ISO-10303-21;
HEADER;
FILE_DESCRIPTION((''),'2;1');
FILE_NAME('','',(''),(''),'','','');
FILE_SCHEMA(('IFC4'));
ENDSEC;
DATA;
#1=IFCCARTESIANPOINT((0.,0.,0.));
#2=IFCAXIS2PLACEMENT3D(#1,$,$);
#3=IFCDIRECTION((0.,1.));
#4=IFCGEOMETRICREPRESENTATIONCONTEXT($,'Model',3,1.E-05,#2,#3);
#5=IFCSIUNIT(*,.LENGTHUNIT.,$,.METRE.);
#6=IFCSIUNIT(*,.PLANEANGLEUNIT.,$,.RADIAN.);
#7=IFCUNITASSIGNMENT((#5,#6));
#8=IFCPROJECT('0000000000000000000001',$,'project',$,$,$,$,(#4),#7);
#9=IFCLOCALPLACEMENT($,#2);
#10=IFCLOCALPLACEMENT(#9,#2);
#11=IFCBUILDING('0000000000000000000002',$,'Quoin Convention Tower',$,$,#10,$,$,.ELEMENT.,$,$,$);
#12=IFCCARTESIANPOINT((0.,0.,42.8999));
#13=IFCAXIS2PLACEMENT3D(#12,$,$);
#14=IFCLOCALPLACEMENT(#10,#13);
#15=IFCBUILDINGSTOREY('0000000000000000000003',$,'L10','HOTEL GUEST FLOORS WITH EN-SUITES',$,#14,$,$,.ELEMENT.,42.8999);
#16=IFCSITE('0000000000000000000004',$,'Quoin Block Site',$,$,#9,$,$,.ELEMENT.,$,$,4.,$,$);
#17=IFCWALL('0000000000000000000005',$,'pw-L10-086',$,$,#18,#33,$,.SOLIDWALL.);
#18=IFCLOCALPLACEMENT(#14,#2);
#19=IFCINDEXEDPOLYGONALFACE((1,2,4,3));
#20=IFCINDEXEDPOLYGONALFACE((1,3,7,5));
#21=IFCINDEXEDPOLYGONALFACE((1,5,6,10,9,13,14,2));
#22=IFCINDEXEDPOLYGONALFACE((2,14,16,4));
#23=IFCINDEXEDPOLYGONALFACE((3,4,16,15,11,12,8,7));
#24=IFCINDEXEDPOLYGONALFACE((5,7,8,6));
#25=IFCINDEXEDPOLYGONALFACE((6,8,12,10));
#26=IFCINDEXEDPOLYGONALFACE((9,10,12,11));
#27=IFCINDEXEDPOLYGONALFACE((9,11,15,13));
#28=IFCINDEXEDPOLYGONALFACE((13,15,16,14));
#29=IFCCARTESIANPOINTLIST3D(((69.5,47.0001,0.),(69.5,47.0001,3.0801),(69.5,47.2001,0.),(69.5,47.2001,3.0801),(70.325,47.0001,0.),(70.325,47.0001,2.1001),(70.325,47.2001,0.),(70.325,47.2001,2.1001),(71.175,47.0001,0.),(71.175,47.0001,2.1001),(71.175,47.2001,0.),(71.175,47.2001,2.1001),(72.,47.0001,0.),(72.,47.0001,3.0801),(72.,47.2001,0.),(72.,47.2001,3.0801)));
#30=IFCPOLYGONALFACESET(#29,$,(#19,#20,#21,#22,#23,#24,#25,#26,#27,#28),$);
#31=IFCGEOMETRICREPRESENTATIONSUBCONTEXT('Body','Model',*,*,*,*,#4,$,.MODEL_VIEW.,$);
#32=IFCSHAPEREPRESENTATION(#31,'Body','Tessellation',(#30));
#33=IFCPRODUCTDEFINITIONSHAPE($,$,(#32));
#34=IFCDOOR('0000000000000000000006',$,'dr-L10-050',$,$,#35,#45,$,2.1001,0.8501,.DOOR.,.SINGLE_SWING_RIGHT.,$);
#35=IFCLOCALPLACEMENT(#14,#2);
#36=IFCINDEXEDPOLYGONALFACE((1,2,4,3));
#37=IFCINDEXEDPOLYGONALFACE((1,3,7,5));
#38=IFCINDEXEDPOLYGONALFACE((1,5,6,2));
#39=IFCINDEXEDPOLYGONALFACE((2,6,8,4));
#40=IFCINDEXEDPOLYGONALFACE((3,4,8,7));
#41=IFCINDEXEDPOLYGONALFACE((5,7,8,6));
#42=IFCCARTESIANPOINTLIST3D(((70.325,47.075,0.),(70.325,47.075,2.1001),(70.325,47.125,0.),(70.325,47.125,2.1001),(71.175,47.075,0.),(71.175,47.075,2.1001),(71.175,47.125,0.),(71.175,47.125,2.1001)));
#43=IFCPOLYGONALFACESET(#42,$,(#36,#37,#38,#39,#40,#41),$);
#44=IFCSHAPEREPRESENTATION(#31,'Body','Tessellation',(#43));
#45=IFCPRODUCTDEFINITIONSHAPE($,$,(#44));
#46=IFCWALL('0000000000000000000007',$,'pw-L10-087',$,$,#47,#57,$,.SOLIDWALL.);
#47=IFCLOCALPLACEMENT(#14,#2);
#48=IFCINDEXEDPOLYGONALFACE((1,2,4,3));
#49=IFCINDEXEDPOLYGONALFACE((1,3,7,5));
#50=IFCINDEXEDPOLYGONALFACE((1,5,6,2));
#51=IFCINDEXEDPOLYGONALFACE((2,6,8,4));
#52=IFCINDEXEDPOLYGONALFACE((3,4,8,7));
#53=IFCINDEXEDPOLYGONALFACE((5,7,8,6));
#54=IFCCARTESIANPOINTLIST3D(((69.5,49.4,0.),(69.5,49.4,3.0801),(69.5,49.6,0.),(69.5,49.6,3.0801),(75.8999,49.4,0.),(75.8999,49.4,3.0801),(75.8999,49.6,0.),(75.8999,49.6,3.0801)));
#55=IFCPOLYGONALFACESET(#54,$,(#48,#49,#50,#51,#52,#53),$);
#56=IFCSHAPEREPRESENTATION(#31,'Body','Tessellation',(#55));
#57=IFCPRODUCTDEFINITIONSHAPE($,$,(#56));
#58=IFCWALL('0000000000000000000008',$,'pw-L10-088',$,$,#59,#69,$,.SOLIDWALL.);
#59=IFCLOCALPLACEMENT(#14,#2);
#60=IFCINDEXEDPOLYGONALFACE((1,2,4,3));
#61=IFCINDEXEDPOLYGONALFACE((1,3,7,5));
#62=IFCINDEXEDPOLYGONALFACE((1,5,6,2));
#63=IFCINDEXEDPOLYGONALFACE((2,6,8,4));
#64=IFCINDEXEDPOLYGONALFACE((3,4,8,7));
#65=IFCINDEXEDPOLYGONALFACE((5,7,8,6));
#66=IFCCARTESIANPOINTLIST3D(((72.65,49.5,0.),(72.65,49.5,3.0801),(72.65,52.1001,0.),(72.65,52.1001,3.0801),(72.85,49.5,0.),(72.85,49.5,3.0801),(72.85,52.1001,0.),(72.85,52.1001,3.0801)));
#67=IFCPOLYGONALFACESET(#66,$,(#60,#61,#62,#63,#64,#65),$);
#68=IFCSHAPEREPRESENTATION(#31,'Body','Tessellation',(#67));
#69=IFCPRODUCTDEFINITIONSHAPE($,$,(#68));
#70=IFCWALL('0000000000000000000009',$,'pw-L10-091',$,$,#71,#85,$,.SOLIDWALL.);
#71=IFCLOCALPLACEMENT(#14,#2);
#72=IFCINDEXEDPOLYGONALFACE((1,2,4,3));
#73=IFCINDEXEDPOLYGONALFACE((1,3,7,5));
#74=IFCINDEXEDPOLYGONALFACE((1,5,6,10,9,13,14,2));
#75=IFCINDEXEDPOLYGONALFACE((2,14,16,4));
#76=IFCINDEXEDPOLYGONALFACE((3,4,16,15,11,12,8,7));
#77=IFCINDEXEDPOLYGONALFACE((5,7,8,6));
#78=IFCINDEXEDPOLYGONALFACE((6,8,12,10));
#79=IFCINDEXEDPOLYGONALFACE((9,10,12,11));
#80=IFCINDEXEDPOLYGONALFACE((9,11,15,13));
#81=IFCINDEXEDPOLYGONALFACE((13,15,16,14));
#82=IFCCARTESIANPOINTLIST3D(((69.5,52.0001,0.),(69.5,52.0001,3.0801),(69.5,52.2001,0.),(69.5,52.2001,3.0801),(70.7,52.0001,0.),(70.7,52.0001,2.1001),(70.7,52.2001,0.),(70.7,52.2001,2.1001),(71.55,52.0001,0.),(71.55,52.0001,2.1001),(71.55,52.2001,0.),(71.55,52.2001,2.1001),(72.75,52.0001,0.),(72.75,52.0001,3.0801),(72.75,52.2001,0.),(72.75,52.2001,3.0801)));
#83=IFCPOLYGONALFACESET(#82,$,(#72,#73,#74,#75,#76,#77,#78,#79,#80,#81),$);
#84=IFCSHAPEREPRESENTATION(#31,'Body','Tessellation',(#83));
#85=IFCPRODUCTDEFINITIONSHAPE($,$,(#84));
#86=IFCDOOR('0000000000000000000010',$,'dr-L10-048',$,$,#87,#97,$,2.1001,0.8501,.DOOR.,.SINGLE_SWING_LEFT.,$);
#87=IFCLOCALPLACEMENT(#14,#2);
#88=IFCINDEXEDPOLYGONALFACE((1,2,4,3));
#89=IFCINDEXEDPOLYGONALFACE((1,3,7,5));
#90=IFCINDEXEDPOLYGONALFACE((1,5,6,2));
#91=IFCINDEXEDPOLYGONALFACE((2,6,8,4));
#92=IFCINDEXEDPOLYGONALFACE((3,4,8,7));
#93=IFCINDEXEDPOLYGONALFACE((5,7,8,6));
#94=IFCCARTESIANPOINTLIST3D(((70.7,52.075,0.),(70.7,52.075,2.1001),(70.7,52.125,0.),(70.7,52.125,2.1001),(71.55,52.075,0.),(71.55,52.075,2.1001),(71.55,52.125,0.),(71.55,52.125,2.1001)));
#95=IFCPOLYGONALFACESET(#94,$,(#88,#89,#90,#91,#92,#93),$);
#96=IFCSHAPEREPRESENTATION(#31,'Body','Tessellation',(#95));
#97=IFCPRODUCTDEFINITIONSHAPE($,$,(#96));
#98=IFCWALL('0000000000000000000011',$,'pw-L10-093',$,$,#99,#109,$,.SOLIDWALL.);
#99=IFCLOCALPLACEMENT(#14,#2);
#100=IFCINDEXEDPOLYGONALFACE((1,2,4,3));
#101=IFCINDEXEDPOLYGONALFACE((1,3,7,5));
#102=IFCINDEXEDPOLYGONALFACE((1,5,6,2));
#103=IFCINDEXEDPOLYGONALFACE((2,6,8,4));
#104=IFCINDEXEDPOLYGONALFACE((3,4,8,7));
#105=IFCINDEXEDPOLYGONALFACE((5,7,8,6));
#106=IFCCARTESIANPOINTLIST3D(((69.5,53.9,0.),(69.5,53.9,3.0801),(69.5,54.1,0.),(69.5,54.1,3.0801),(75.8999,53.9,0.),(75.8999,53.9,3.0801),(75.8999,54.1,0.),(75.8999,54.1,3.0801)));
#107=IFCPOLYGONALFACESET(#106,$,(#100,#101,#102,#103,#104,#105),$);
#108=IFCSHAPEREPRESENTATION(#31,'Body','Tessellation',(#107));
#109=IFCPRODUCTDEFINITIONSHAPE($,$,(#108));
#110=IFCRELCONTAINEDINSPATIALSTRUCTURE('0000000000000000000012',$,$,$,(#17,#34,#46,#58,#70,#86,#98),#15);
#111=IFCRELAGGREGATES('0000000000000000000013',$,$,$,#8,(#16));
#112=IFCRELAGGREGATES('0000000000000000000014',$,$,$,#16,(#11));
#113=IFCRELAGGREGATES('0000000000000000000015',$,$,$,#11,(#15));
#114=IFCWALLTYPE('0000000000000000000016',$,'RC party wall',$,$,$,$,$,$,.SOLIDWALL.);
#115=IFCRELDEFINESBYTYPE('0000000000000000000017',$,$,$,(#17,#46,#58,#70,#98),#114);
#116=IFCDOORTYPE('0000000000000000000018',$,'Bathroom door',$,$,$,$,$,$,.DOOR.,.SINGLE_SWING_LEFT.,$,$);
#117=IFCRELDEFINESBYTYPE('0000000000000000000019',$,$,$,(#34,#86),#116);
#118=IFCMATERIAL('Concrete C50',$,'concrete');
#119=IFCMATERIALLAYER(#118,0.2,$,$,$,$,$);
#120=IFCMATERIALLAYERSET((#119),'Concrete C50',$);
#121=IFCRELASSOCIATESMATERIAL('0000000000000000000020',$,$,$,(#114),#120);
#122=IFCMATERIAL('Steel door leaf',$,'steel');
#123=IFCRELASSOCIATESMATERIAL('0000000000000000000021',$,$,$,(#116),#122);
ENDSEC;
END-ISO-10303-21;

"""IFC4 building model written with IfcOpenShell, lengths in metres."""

from ifc_helpers import new_model, si_unit, direction, frame, frame_2d, origin, place, context, subcontext, project, spatial, rectangle, extrude, material, layer, layer_set, type_object, element, fill, save


model = new_model("IFC4")

# Units and contexts
model_context = context("Model", 3, precision=1e-05, world=origin(), true_north=direction((0.0, 1.0)))
body_context = subcontext(model_context, "Body", "Model", "MODEL_VIEW")
ifc_project = project(units=[si_unit("LENGTHUNIT", "METRE"), si_unit("PLANEANGLEUNIT", "RADIAN")], contexts=[model_context])

# Site, building, storey
site_placement = place(None, origin())
site = spatial("IfcSite", under=ifc_project, at=site_placement, Name="Quoin Block Site", CompositionType="ELEMENT", RefElevation=4.0)
building_placement = place(site_placement, origin())
building = spatial("IfcBuilding", under=site, at=building_placement, Name="Quoin Convention Tower", CompositionType="ELEMENT")
storey_placement = place(building_placement, frame((0.0, 0.0, 42.8999)))
storey = spatial("IfcBuildingStorey", under=building, at=storey_placement, Name="L10", Description="HOTEL GUEST FLOORS WITH EN-SUITES", CompositionType="ELEMENT", Elevation=42.8999)

# Shared definitions
ifc_material_1 = material(Name="Concrete C50", Category="concrete")

# Shared definitions
ifc_material_2 = material(Name="Steel door leaf", Category="steel")

# Wall, opening, door
ifc_layer_1 = layer(ifc_material_1, 0.2)
ifc_layer_set_1 = layer_set([ifc_layer_1], Name="Concrete C50")
wall_type_1 = type_object("IfcWallType", Name="RC party wall", PredefinedType="SOLIDWALL", material=ifc_layer_set_1)
wall_1_placement = place(storey_placement, frame((69.5, 47.1001, 0.0), z_axis=(0.0, 0.0, 1.0), x_axis=(1.0, 0.0, 0.0)))
wall_1 = element("IfcWall", 1, at=wall_1_placement, inside=storey, type_object=wall_type_1, Name="pw-L10-086", PredefinedType="SOLIDWALL", context=body_context, shape_type="SweptSolid", body=[
    extrude(rectangle(XDim=2.5, YDim=0.2, at=frame_2d((1.25, 0.0))), origin(), (0.0, 0.0, 1.0), 3.0801),
])
opening_1_placement = place(wall_1_placement, frame((0.825, 0.0, 0.0)))
opening_1 = element("IfcOpeningElement", 2, at=opening_1_placement, cuts=wall_1, PredefinedType="OPENING", context=body_context, shape_type="SweptSolid", body=[
    extrude(rectangle(XDim=0.8501, YDim=2.1001, at=frame_2d((0.425, 1.05))), frame((0.0, 0.1099, 0.0), z_axis=(0.0, -1.0, 0.0), x_axis=(1.0, 0.0, 0.0)), (0.0, 0.0, 1.0), 0.22),
])
door_type_1 = type_object("IfcDoorType", Name="Bathroom door", OperationType="SINGLE_SWING_LEFT", PredefinedType="DOOR", material=ifc_material_2)
door_1_placement = place(opening_1_placement, origin())
door_1 = element("IfcDoor", 3, at=door_1_placement, inside=storey, type_object=door_type_1, Name="dr-L10-050", OperationType="SINGLE_SWING_RIGHT", OverallHeight=2.1001, OverallWidth=0.8501, PredefinedType="DOOR", context=body_context, shape_type="SweptSolid", body=[
    extrude(rectangle(XDim=0.8501, YDim=2.1001, at=frame_2d((0.425, 1.05))), frame((0.0, 0.0249, 0.0), z_axis=(0.0, -1.0, 0.0), x_axis=(1.0, 0.0, 0.0)), (0.0, 0.0, 1.0), 0.05),
])
fill(opening_1, door_1)

# Walls
wall_2_placement = place(storey_placement, frame((69.5, 49.5, 0.0), z_axis=(0.0, 0.0, 1.0), x_axis=(1.0, 0.0, 0.0)))
element("IfcWall", 4, at=wall_2_placement, inside=storey, type_object=wall_type_1, Name="pw-L10-087", PredefinedType="SOLIDWALL", context=body_context, shape_type="SweptSolid", body=[
    extrude(rectangle(XDim=6.3999, YDim=0.2, at=frame_2d((3.2, 0.0))), origin(), (0.0, 0.0, 1.0), 3.0801),
])
wall_3_placement = place(storey_placement, frame((72.75, 49.5, 0.0), z_axis=(0.0, 0.0, 1.0), x_axis=(0.0, 1.0, 0.0)))
element("IfcWall", 5, at=wall_3_placement, inside=storey, type_object=wall_type_1, Name="pw-L10-088", PredefinedType="SOLIDWALL", context=body_context, shape_type="SweptSolid", body=[
    extrude(rectangle(XDim=2.6001, YDim=0.2, at=frame_2d((1.3, 0.0))), origin(), (0.0, 0.0, 1.0), 3.0801),
])

# Wall, opening, door
wall_4_placement = place(storey_placement, frame((69.5, 52.1001, 0.0), z_axis=(0.0, 0.0, 1.0), x_axis=(1.0, 0.0, 0.0)))
wall_4 = element("IfcWall", 6, at=wall_4_placement, inside=storey, type_object=wall_type_1, Name="pw-L10-091", PredefinedType="SOLIDWALL", context=body_context, shape_type="SweptSolid", body=[
    extrude(rectangle(XDim=3.25, YDim=0.2, at=frame_2d((1.625, 0.0))), origin(), (0.0, 0.0, 1.0), 3.0801),
])
opening_2_placement = place(wall_4_placement, frame((1.2, 0.0, 0.0)))
opening_2 = element("IfcOpeningElement", 7, at=opening_2_placement, cuts=wall_4, PredefinedType="OPENING", context=body_context, shape_type="SweptSolid", body=[
    extrude(rectangle(XDim=0.8501, YDim=2.1001, at=frame_2d((0.425, 1.05))), frame((0.0, 0.1099, 0.0), z_axis=(0.0, -1.0, 0.0), x_axis=(1.0, 0.0, 0.0)), (0.0, 0.0, 1.0), 0.22),
])
door_2_placement = place(opening_2_placement, origin())
door_2 = element("IfcDoor", 8, at=door_2_placement, inside=storey, type_object=door_type_1, Name="dr-L10-048", OperationType="SINGLE_SWING_LEFT", OverallHeight=2.1001, OverallWidth=0.8501, PredefinedType="DOOR", context=body_context, shape_type="SweptSolid", body=[
    extrude(rectangle(XDim=0.8501, YDim=2.1001, at=frame_2d((0.425, 1.05))), frame((0.0, 0.0249, 0.0), z_axis=(0.0, -1.0, 0.0), x_axis=(1.0, 0.0, 0.0)), (0.0, 0.0, 1.0), 0.05),
])
fill(opening_2, door_2)

# Wall
wall_5_placement = place(storey_placement, frame((69.5, 54.0, 0.0), z_axis=(0.0, 0.0, 1.0), x_axis=(1.0, 0.0, 0.0)))
element("IfcWall", 9, at=wall_5_placement, inside=storey, type_object=wall_type_1, Name="pw-L10-093", PredefinedType="SOLIDWALL", context=body_context, shape_type="SweptSolid", body=[
    extrude(rectangle(XDim=6.3999, YDim=0.2, at=frame_2d((3.2, 0.0))), origin(), (0.0, 0.0, 1.0), 3.0801),
])

save(model, "model.ifc")
